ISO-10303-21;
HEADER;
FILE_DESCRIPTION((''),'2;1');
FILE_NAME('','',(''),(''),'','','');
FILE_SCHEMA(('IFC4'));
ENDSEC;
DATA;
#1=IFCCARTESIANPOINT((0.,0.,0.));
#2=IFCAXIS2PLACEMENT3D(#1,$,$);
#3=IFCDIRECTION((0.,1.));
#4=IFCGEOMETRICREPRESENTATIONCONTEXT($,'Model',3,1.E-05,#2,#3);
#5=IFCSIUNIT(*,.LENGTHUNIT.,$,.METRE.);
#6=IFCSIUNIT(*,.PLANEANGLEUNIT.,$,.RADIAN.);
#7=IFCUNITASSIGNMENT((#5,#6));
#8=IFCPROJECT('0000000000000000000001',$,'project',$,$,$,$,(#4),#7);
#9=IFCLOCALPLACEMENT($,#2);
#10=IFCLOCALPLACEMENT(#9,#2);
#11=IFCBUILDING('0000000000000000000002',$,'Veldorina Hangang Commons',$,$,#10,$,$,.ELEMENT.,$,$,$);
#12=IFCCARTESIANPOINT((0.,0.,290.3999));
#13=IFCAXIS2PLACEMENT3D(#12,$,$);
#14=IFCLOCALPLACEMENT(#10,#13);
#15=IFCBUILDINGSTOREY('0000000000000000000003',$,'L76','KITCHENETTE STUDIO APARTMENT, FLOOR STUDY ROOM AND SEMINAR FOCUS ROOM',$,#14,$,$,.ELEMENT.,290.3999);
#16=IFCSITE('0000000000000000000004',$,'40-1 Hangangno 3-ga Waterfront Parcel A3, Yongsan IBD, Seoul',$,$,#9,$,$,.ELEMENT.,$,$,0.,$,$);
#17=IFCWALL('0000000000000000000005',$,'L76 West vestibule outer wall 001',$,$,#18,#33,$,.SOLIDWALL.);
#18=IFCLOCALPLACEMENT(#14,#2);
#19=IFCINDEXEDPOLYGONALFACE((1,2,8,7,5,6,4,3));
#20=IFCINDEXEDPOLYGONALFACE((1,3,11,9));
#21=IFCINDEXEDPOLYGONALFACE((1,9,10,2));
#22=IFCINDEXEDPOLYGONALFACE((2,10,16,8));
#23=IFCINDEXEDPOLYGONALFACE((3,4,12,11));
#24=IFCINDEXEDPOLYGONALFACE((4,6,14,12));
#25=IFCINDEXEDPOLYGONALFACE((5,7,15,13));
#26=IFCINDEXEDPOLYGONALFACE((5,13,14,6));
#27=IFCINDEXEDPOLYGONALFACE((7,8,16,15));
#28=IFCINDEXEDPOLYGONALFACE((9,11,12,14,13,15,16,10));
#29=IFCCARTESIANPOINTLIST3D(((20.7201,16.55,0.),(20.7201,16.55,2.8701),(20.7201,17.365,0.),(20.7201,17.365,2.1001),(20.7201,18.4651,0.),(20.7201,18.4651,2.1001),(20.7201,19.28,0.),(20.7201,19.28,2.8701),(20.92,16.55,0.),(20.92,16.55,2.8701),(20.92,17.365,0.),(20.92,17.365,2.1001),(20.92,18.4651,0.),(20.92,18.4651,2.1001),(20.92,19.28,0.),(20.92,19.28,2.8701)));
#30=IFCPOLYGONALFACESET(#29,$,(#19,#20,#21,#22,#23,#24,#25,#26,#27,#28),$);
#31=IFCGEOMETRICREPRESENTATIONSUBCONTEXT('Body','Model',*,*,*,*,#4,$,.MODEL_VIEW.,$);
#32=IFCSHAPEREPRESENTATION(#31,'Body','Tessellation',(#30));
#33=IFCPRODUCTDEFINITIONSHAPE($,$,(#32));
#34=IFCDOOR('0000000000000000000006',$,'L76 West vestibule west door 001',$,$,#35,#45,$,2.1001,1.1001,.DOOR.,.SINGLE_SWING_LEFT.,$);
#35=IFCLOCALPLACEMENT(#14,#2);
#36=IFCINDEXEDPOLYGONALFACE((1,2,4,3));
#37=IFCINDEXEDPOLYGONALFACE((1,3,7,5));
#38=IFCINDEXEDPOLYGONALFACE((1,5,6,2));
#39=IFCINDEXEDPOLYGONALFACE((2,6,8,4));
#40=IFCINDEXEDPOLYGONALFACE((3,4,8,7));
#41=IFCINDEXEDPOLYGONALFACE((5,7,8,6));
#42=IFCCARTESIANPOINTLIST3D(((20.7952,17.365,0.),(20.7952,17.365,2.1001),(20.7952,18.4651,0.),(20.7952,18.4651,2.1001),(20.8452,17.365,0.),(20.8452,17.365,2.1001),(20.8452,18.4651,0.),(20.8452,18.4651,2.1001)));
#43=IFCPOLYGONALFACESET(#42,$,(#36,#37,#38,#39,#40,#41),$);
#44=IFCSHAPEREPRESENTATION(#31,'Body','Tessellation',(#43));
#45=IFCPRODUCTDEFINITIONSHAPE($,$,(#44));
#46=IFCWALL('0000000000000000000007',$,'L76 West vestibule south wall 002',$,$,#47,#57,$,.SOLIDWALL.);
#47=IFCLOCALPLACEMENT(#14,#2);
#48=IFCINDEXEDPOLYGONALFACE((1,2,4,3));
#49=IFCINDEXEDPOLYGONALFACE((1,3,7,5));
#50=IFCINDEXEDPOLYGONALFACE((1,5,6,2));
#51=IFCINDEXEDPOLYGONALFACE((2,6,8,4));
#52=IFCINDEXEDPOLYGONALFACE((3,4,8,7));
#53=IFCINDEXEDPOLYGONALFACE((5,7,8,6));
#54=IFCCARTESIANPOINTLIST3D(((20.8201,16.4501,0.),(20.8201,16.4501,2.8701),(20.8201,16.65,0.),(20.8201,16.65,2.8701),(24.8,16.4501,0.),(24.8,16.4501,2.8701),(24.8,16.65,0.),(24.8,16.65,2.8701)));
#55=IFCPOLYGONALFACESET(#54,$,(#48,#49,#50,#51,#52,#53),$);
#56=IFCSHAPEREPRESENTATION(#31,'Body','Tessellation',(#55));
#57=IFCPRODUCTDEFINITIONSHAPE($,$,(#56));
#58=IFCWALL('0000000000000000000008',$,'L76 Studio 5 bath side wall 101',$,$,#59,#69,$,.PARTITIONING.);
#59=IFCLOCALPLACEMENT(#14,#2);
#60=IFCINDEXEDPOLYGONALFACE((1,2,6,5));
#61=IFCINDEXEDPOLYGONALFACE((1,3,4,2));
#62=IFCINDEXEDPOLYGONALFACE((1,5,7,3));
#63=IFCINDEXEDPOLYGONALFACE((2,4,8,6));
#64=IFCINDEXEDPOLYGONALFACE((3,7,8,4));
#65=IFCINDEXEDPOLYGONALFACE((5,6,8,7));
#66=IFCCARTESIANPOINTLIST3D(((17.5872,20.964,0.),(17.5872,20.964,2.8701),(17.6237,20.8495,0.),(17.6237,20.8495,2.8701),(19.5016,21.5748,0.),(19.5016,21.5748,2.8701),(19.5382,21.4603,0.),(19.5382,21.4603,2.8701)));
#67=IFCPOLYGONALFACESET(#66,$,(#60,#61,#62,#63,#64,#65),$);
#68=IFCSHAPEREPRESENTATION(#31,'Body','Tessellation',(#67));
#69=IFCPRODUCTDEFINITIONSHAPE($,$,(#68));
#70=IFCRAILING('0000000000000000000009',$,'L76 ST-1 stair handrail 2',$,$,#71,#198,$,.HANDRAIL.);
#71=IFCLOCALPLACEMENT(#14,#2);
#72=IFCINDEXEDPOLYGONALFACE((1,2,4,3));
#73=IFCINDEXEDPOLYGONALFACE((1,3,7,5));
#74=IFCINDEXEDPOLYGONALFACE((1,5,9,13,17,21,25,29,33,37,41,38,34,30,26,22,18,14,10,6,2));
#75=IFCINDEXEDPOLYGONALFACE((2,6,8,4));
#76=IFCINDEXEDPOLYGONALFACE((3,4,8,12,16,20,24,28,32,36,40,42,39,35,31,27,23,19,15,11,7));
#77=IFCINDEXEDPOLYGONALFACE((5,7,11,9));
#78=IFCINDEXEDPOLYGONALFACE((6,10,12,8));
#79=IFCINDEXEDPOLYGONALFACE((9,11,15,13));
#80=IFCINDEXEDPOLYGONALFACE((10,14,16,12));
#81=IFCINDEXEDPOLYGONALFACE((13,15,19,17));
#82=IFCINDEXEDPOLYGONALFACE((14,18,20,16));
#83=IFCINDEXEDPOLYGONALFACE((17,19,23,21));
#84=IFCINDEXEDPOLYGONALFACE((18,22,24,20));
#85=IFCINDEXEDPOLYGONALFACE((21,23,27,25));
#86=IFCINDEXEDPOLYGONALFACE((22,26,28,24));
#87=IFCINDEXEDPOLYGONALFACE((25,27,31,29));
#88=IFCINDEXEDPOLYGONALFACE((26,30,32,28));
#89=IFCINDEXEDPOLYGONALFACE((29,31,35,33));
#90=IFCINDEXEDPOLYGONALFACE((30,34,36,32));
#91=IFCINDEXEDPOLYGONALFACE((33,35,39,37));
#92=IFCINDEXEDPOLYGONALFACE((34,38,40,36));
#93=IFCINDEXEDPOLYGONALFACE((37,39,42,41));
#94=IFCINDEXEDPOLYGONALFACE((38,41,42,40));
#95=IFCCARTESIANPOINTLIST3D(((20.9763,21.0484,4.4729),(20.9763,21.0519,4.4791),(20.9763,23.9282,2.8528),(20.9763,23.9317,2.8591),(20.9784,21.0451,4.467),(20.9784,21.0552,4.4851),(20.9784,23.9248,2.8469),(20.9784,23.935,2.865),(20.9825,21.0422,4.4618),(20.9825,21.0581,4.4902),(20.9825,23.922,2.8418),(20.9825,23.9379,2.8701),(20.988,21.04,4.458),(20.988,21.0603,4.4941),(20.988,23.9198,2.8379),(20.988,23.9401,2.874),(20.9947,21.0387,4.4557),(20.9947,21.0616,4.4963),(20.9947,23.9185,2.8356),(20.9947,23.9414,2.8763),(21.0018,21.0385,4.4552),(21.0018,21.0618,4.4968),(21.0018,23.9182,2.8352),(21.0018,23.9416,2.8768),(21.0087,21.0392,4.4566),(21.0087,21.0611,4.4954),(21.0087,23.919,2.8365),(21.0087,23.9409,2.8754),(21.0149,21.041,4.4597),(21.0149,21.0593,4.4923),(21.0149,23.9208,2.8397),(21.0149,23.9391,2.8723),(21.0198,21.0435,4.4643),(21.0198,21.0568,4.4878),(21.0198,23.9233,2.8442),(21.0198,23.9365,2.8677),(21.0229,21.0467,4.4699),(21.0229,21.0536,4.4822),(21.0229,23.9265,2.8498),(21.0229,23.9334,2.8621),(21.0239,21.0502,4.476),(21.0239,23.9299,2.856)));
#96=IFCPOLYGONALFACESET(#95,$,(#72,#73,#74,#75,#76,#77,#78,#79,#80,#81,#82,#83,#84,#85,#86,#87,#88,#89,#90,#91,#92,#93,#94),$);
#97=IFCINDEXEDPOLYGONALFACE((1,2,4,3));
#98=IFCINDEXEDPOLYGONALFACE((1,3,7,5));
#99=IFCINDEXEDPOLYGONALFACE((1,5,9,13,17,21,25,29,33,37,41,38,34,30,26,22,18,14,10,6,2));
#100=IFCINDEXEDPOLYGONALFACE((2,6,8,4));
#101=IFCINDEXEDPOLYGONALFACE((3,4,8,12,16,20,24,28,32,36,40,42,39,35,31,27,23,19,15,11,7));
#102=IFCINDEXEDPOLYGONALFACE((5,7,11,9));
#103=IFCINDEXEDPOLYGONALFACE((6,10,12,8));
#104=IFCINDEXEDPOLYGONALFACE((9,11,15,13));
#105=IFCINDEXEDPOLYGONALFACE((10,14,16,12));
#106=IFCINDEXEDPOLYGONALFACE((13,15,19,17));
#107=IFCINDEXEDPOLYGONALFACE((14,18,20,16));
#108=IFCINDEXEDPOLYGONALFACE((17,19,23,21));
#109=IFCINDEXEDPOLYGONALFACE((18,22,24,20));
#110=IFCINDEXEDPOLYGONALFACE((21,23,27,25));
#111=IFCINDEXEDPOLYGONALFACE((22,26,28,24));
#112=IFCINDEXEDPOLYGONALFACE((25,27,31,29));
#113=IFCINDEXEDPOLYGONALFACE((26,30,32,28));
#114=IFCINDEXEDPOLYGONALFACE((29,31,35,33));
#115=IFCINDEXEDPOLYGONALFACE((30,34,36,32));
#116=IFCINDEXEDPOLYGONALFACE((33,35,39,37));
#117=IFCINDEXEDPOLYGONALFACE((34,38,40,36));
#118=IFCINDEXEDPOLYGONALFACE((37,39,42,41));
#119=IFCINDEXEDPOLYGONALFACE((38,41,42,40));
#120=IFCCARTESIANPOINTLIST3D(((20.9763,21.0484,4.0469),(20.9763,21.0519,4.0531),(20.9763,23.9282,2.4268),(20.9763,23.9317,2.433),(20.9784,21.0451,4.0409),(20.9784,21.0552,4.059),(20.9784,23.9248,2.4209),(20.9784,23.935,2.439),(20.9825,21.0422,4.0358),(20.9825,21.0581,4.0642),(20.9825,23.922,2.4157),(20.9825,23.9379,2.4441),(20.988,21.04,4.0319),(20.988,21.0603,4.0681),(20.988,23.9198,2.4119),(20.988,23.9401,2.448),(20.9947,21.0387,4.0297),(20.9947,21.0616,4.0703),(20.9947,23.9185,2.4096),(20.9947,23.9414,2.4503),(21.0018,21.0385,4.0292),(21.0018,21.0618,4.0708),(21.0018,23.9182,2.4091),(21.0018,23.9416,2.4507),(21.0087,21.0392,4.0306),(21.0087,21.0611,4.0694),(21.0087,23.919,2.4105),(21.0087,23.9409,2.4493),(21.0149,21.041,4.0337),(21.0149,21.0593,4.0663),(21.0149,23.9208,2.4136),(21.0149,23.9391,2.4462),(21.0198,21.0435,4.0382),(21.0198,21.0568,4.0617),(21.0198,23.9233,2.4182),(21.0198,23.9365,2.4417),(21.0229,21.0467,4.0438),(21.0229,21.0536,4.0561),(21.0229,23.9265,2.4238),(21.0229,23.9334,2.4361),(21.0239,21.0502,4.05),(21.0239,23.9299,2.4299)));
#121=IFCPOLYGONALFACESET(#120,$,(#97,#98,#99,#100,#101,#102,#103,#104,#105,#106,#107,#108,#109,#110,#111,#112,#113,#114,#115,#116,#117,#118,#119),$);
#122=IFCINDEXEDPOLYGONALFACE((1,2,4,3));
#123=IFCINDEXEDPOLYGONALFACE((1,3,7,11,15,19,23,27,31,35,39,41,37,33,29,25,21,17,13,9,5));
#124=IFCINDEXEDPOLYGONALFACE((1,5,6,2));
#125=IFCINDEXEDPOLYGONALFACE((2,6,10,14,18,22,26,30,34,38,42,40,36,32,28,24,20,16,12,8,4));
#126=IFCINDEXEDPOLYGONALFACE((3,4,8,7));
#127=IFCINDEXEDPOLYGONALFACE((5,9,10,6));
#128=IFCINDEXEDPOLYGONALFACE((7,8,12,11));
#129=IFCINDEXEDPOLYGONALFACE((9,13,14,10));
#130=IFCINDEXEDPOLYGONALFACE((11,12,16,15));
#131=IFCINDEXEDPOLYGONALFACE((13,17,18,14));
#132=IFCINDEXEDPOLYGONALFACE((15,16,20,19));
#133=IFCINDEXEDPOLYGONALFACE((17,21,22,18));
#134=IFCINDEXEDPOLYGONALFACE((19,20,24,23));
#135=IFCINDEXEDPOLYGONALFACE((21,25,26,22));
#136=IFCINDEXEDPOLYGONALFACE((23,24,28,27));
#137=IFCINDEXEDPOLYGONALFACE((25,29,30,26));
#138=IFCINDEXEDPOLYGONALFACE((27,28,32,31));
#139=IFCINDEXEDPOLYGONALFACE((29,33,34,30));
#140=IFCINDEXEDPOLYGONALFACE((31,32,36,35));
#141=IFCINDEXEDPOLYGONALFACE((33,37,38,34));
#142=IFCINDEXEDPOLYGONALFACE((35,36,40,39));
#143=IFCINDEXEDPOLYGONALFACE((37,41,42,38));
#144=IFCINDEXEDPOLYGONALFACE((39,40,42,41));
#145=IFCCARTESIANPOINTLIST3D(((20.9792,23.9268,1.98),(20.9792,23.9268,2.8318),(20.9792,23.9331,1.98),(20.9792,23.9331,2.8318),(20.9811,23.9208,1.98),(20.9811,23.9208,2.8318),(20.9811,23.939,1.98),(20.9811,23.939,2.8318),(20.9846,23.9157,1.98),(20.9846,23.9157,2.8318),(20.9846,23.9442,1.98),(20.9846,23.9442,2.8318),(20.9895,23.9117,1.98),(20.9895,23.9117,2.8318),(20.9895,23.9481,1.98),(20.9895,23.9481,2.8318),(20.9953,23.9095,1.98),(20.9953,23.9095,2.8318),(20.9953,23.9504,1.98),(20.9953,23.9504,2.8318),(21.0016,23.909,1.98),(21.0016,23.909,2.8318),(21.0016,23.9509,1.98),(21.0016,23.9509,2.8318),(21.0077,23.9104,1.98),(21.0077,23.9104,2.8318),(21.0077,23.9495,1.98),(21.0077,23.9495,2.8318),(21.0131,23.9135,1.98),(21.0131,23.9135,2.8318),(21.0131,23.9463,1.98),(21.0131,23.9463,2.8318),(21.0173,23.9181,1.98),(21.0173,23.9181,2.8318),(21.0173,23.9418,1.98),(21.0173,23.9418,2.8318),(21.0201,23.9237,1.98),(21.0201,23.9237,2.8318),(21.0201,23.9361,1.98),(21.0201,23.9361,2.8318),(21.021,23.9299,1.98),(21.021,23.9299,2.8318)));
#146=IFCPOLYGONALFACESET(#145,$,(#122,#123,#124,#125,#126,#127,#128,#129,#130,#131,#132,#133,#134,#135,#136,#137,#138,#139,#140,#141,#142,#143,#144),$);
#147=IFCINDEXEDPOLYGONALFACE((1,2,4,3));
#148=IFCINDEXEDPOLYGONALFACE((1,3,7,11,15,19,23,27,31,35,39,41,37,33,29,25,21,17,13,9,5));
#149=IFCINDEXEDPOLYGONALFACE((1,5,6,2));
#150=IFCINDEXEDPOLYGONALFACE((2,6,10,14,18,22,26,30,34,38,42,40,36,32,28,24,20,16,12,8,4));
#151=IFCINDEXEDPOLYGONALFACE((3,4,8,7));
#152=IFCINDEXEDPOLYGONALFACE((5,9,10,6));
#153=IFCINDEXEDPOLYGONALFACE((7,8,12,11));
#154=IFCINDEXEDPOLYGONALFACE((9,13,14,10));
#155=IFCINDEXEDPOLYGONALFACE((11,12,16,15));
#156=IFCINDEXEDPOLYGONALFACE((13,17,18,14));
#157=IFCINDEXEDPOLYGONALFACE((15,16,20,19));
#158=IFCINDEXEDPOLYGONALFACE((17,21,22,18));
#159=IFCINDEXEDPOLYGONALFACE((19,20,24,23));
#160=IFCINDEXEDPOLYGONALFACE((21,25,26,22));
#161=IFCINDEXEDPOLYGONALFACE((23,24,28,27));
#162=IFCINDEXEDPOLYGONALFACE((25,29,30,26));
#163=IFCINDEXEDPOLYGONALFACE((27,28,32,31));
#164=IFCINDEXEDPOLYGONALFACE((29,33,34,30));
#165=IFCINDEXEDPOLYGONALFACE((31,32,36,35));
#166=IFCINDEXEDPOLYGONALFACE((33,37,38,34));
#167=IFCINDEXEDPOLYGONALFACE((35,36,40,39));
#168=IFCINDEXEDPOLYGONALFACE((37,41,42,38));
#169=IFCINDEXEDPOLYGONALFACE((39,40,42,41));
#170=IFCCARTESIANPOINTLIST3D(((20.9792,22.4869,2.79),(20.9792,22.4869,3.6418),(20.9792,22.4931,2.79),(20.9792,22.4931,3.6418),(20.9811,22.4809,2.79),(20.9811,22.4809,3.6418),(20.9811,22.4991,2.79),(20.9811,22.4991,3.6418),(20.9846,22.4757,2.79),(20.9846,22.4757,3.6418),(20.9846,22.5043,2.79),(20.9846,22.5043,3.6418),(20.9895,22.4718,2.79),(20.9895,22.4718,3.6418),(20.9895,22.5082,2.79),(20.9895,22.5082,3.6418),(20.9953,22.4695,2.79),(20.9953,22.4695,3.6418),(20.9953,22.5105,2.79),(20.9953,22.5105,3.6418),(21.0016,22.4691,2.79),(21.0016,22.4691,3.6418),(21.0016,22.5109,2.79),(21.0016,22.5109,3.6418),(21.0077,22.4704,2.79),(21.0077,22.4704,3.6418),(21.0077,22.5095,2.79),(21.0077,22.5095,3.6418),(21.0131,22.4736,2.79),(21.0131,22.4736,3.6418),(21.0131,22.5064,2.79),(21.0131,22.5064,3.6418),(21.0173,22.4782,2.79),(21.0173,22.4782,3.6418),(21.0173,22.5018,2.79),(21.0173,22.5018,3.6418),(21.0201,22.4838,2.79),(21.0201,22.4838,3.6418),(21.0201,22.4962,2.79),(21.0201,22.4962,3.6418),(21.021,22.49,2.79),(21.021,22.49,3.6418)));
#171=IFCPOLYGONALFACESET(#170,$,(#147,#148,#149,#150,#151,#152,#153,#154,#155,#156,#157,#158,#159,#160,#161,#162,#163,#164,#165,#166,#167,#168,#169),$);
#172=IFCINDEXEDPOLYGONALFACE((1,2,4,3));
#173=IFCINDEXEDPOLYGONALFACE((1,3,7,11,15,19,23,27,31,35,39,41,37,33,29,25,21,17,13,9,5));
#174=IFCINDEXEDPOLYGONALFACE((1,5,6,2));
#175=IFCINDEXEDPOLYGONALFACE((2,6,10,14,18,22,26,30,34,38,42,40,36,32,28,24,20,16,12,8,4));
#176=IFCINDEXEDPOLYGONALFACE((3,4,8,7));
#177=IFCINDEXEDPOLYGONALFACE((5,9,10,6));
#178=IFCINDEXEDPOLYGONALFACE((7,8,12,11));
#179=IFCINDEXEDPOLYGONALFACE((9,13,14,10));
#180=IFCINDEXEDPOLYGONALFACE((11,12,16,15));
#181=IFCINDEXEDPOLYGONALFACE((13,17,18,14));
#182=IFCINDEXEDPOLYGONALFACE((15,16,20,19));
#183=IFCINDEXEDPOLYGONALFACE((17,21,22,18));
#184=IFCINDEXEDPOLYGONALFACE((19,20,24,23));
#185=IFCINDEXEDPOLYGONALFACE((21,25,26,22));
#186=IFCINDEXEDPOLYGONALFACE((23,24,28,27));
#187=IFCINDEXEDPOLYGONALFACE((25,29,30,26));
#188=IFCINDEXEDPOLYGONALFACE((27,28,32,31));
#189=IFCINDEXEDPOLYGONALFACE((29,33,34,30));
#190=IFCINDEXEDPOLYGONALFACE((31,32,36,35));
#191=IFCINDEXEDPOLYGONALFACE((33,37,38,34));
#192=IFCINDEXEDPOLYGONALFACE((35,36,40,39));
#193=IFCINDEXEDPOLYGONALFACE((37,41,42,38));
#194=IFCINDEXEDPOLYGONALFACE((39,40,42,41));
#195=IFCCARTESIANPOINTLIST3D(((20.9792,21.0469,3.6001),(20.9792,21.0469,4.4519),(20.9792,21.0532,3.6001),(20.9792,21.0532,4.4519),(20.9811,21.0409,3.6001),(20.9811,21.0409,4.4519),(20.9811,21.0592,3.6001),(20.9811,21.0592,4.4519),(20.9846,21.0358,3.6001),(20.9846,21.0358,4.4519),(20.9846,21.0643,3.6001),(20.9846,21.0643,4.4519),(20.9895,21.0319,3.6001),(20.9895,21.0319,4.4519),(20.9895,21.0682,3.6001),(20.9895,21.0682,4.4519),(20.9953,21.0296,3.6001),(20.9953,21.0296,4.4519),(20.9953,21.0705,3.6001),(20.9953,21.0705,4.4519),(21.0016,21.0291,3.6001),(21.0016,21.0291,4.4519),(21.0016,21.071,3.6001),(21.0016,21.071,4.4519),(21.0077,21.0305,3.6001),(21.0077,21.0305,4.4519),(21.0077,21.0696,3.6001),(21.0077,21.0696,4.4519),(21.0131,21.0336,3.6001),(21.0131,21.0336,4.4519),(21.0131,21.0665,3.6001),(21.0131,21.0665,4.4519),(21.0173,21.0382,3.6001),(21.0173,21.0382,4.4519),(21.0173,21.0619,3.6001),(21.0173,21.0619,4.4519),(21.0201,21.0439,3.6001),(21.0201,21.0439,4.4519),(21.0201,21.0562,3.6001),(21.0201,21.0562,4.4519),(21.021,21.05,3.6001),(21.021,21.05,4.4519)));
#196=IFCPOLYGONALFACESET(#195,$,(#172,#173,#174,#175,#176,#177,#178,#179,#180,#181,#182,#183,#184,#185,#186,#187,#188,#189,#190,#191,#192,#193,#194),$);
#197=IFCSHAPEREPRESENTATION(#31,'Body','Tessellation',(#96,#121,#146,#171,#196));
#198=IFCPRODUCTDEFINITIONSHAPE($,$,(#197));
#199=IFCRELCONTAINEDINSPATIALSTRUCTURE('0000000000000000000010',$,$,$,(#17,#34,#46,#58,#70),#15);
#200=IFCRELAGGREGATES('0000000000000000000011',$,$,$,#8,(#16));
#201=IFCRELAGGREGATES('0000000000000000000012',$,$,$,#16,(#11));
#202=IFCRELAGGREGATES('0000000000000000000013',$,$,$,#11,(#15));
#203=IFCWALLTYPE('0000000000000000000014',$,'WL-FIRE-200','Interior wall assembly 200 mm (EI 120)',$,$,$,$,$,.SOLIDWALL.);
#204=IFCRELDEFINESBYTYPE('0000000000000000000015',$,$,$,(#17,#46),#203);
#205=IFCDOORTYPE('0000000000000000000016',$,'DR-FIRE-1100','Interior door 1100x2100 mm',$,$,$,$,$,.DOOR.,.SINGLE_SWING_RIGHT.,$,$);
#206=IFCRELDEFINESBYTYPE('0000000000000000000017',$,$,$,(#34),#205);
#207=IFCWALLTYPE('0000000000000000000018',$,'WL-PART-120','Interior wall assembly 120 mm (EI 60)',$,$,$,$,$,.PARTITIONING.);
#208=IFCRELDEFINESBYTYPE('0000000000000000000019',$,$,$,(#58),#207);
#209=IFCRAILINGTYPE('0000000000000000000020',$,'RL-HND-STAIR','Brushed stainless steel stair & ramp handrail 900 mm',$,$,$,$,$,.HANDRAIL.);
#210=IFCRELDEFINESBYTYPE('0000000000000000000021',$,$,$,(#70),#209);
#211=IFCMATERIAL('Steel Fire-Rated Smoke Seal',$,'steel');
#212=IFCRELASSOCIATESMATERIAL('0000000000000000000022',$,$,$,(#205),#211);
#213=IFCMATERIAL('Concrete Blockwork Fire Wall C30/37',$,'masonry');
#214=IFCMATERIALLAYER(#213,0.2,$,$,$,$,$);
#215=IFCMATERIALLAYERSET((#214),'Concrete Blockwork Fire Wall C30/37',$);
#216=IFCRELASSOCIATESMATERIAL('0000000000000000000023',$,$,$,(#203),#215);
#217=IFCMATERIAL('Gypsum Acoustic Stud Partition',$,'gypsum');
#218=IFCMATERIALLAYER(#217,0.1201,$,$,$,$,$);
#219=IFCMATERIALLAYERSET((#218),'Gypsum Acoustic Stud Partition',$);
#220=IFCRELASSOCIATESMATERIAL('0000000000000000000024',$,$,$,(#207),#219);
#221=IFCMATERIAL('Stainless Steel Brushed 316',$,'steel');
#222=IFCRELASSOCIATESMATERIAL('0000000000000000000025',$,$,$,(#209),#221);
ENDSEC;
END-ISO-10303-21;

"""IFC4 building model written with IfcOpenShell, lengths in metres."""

from ifc_helpers import new_model, si_unit, direction, frame, frame_2d, origin, origin_2d, place, context, subcontext, project, spatial, rectangle, circle, extrude, material, layer, layer_set, type_object, element, fill, save


model = new_model("IFC4")

# Units and contexts
model_context = context("Model", 3, precision=1e-05, world=origin(), true_north=direction((0.0, 1.0)))
body_context = subcontext(model_context, "Body", "Model", "MODEL_VIEW")
ifc_project = project(units=[si_unit("LENGTHUNIT", "METRE"), si_unit("PLANEANGLEUNIT", "RADIAN")], contexts=[model_context])

# Site, building, storey
site_placement = place(None, origin())
site = spatial("IfcSite", under=ifc_project, at=site_placement, Name="40-1 Hangangno 3-ga Waterfront Parcel A3, Yongsan IBD, Seoul", CompositionType="ELEMENT", RefElevation=0.0)
building_placement = place(site_placement, origin())
building = spatial("IfcBuilding", under=site, at=building_placement, Name="Veldorina Hangang Commons", CompositionType="ELEMENT")
storey_placement = place(building_placement, frame((0.0, 0.0, 290.3999)))
storey = spatial("IfcBuildingStorey", under=building, at=storey_placement, Name="L76", Description="KITCHENETTE STUDIO APARTMENT, FLOOR STUDY ROOM AND SEMINAR FOCUS ROOM", CompositionType="ELEMENT", Elevation=290.3999)

# Shared definitions
ifc_material_1 = material(Name="Steel Fire-Rated Smoke Seal", Category="steel")
door_type_1 = type_object("IfcDoorType", Name="DR-FIRE-1100", Description="Interior door 1100x2100 mm", OperationType="SINGLE_SWING_RIGHT", PredefinedType="DOOR", material=ifc_material_1)

# Wall, opening, door
ifc_material_2 = material(Name="Concrete Blockwork Fire Wall C30/37", Category="masonry")
ifc_layer_1 = layer(ifc_material_2, 0.2)
ifc_layer_set_1 = layer_set([ifc_layer_1], Name="Concrete Blockwork Fire Wall C30/37")
wall_type_1 = type_object("IfcWallType", Name="WL-FIRE-200", Description="Interior wall assembly 200 mm (EI 120)", PredefinedType="SOLIDWALL", material=ifc_layer_set_1)
wall_1_placement = place(storey_placement, frame((20.8201, 16.55, 0.0), z_axis=(0.0, 0.0, 1.0), x_axis=(0.0, 1.0, 0.0)))
wall_1 = element("IfcWall", 1, at=wall_1_placement, inside=storey, type_object=wall_type_1, Name="L76 West vestibule outer wall 001", PredefinedType="SOLIDWALL", context=body_context, shape_type="SweptSolid", body=[
    extrude(rectangle(XDim=2.73, YDim=0.2, at=frame_2d((1.365, 0.0))), origin(), (0.0, 0.0, 1.0), 2.8701),
])
opening_1_placement = place(wall_1_placement, frame((0.8149, 0.0, 0.0)))
opening_1 = element("IfcOpeningElement", 2, at=opening_1_placement, cuts=wall_1, PredefinedType="OPENING", context=body_context, shape_type="SweptSolid", body=[
    extrude(rectangle(XDim=1.1001, YDim=2.1001, at=frame_2d((0.55, 1.05))), frame((0.0, 0.1099, 0.0), z_axis=(0.0, -1.0, 0.0), x_axis=(1.0, 0.0, 0.0)), (0.0, 0.0, 1.0), 0.22),
])
door_1_placement = place(opening_1_placement, origin())
door_1 = element("IfcDoor", 3, at=door_1_placement, inside=storey, type_object=door_type_1, Name="L76 West vestibule west door 001", OperationType="SINGLE_SWING_LEFT", OverallHeight=2.1001, OverallWidth=1.1001, PredefinedType="DOOR", context=body_context, shape_type="SweptSolid", body=[
    extrude(rectangle(XDim=1.1001, YDim=2.1001, at=frame_2d((0.55, 1.05))), frame((0.0, 0.0249, 0.0), z_axis=(0.0, -1.0, 0.0), x_axis=(1.0, 0.0, 0.0)), (0.0, 0.0, 1.0), 0.05),
])
fill(opening_1, door_1)

# Walls
wall_2_placement = place(storey_placement, frame((20.8201, 16.55, 0.0), z_axis=(0.0, 0.0, 1.0), x_axis=(1.0, 0.0, 0.0)))
element("IfcWall", 4, at=wall_2_placement, inside=storey, type_object=wall_type_1, Name="L76 West vestibule south wall 002", PredefinedType="SOLIDWALL", context=body_context, shape_type="SweptSolid", body=[
    extrude(rectangle(XDim=3.98, YDim=0.2, at=frame_2d((1.99, 0.0))), origin(), (0.0, 0.0, 1.0), 2.8701),
])
ifc_material_3 = material(Name="Gypsum Acoustic Stud Partition", Category="gypsum")
ifc_layer_2 = layer(ifc_material_3, 0.1201)
ifc_layer_set_2 = layer_set([ifc_layer_2], Name="Gypsum Acoustic Stud Partition")
wall_type_2 = type_object("IfcWallType", Name="WL-PART-120", Description="Interior wall assembly 120 mm (EI 60)", PredefinedType="PARTITIONING", material=ifc_layer_set_2)
wall_3_placement = place(storey_placement, frame((19.52, 21.5176, 0.0), z_axis=(0.0, 0.0, 1.0), x_axis=(-0.952686, -0.303956, 0.0)))
element("IfcWall", 5, at=wall_3_placement, inside=storey, type_object=wall_type_2, Name="L76 Studio 5 bath side wall 101", PredefinedType="PARTITIONING", context=body_context, shape_type="SweptSolid", body=[
    extrude(rectangle(XDim=2.0095, YDim=0.1201, at=frame_2d((1.0049, 0.0))), origin(), (0.0, 0.0, 1.0), 2.8701),
])

# Railing
ifc_material_4 = material(Name="Stainless Steel Brushed 316", Category="steel")
railing_type = type_object("IfcRailingType", Name="RL-HND-STAIR", Description="Brushed stainless steel stair & ramp handrail 900 mm", PredefinedType="HANDRAIL", material=ifc_material_4)
railing_placement = place(storey_placement, frame((21.0, 23.9299, 1.98)))
element("IfcRailing", 6, at=railing_placement, inside=storey, type_object=railing_type, Name="L76 ST-1 stair handrail 2", PredefinedType="HANDRAIL", context=body_context, shape_type="SweptSolid", body=[
    extrude(circle(Radius=0.0239, at=origin_2d()), frame((0.0, 0.0, 0.876), z_axis=(0.0, -0.871552, 0.490303), x_axis=(1.0, 0.0, 0.0)), (0.0, 0.0, 1.0), 3.3042),
    extrude(circle(Radius=0.0239, at=origin_2d()), frame((0.0, 0.0, 0.45), z_axis=(0.0, -0.871552, 0.490303), x_axis=(1.0, 0.0, 0.0)), (0.0, 0.0, 1.0), 3.3042),
    extrude(circle(Radius=0.021, at=origin_2d()), origin(), (0.0, 0.0, 1.0), 0.8518),
    extrude(circle(Radius=0.021, at=origin_2d()), frame((0.0, -1.4399, 0.8101)), (0.0, 0.0, 1.0), 0.8518),
    extrude(circle(Radius=0.021, at=origin_2d()), frame((0.0, -2.8799, 1.6201)), (0.0, 0.0, 1.0), 0.8518),
])

save(model, "model.ifc")
